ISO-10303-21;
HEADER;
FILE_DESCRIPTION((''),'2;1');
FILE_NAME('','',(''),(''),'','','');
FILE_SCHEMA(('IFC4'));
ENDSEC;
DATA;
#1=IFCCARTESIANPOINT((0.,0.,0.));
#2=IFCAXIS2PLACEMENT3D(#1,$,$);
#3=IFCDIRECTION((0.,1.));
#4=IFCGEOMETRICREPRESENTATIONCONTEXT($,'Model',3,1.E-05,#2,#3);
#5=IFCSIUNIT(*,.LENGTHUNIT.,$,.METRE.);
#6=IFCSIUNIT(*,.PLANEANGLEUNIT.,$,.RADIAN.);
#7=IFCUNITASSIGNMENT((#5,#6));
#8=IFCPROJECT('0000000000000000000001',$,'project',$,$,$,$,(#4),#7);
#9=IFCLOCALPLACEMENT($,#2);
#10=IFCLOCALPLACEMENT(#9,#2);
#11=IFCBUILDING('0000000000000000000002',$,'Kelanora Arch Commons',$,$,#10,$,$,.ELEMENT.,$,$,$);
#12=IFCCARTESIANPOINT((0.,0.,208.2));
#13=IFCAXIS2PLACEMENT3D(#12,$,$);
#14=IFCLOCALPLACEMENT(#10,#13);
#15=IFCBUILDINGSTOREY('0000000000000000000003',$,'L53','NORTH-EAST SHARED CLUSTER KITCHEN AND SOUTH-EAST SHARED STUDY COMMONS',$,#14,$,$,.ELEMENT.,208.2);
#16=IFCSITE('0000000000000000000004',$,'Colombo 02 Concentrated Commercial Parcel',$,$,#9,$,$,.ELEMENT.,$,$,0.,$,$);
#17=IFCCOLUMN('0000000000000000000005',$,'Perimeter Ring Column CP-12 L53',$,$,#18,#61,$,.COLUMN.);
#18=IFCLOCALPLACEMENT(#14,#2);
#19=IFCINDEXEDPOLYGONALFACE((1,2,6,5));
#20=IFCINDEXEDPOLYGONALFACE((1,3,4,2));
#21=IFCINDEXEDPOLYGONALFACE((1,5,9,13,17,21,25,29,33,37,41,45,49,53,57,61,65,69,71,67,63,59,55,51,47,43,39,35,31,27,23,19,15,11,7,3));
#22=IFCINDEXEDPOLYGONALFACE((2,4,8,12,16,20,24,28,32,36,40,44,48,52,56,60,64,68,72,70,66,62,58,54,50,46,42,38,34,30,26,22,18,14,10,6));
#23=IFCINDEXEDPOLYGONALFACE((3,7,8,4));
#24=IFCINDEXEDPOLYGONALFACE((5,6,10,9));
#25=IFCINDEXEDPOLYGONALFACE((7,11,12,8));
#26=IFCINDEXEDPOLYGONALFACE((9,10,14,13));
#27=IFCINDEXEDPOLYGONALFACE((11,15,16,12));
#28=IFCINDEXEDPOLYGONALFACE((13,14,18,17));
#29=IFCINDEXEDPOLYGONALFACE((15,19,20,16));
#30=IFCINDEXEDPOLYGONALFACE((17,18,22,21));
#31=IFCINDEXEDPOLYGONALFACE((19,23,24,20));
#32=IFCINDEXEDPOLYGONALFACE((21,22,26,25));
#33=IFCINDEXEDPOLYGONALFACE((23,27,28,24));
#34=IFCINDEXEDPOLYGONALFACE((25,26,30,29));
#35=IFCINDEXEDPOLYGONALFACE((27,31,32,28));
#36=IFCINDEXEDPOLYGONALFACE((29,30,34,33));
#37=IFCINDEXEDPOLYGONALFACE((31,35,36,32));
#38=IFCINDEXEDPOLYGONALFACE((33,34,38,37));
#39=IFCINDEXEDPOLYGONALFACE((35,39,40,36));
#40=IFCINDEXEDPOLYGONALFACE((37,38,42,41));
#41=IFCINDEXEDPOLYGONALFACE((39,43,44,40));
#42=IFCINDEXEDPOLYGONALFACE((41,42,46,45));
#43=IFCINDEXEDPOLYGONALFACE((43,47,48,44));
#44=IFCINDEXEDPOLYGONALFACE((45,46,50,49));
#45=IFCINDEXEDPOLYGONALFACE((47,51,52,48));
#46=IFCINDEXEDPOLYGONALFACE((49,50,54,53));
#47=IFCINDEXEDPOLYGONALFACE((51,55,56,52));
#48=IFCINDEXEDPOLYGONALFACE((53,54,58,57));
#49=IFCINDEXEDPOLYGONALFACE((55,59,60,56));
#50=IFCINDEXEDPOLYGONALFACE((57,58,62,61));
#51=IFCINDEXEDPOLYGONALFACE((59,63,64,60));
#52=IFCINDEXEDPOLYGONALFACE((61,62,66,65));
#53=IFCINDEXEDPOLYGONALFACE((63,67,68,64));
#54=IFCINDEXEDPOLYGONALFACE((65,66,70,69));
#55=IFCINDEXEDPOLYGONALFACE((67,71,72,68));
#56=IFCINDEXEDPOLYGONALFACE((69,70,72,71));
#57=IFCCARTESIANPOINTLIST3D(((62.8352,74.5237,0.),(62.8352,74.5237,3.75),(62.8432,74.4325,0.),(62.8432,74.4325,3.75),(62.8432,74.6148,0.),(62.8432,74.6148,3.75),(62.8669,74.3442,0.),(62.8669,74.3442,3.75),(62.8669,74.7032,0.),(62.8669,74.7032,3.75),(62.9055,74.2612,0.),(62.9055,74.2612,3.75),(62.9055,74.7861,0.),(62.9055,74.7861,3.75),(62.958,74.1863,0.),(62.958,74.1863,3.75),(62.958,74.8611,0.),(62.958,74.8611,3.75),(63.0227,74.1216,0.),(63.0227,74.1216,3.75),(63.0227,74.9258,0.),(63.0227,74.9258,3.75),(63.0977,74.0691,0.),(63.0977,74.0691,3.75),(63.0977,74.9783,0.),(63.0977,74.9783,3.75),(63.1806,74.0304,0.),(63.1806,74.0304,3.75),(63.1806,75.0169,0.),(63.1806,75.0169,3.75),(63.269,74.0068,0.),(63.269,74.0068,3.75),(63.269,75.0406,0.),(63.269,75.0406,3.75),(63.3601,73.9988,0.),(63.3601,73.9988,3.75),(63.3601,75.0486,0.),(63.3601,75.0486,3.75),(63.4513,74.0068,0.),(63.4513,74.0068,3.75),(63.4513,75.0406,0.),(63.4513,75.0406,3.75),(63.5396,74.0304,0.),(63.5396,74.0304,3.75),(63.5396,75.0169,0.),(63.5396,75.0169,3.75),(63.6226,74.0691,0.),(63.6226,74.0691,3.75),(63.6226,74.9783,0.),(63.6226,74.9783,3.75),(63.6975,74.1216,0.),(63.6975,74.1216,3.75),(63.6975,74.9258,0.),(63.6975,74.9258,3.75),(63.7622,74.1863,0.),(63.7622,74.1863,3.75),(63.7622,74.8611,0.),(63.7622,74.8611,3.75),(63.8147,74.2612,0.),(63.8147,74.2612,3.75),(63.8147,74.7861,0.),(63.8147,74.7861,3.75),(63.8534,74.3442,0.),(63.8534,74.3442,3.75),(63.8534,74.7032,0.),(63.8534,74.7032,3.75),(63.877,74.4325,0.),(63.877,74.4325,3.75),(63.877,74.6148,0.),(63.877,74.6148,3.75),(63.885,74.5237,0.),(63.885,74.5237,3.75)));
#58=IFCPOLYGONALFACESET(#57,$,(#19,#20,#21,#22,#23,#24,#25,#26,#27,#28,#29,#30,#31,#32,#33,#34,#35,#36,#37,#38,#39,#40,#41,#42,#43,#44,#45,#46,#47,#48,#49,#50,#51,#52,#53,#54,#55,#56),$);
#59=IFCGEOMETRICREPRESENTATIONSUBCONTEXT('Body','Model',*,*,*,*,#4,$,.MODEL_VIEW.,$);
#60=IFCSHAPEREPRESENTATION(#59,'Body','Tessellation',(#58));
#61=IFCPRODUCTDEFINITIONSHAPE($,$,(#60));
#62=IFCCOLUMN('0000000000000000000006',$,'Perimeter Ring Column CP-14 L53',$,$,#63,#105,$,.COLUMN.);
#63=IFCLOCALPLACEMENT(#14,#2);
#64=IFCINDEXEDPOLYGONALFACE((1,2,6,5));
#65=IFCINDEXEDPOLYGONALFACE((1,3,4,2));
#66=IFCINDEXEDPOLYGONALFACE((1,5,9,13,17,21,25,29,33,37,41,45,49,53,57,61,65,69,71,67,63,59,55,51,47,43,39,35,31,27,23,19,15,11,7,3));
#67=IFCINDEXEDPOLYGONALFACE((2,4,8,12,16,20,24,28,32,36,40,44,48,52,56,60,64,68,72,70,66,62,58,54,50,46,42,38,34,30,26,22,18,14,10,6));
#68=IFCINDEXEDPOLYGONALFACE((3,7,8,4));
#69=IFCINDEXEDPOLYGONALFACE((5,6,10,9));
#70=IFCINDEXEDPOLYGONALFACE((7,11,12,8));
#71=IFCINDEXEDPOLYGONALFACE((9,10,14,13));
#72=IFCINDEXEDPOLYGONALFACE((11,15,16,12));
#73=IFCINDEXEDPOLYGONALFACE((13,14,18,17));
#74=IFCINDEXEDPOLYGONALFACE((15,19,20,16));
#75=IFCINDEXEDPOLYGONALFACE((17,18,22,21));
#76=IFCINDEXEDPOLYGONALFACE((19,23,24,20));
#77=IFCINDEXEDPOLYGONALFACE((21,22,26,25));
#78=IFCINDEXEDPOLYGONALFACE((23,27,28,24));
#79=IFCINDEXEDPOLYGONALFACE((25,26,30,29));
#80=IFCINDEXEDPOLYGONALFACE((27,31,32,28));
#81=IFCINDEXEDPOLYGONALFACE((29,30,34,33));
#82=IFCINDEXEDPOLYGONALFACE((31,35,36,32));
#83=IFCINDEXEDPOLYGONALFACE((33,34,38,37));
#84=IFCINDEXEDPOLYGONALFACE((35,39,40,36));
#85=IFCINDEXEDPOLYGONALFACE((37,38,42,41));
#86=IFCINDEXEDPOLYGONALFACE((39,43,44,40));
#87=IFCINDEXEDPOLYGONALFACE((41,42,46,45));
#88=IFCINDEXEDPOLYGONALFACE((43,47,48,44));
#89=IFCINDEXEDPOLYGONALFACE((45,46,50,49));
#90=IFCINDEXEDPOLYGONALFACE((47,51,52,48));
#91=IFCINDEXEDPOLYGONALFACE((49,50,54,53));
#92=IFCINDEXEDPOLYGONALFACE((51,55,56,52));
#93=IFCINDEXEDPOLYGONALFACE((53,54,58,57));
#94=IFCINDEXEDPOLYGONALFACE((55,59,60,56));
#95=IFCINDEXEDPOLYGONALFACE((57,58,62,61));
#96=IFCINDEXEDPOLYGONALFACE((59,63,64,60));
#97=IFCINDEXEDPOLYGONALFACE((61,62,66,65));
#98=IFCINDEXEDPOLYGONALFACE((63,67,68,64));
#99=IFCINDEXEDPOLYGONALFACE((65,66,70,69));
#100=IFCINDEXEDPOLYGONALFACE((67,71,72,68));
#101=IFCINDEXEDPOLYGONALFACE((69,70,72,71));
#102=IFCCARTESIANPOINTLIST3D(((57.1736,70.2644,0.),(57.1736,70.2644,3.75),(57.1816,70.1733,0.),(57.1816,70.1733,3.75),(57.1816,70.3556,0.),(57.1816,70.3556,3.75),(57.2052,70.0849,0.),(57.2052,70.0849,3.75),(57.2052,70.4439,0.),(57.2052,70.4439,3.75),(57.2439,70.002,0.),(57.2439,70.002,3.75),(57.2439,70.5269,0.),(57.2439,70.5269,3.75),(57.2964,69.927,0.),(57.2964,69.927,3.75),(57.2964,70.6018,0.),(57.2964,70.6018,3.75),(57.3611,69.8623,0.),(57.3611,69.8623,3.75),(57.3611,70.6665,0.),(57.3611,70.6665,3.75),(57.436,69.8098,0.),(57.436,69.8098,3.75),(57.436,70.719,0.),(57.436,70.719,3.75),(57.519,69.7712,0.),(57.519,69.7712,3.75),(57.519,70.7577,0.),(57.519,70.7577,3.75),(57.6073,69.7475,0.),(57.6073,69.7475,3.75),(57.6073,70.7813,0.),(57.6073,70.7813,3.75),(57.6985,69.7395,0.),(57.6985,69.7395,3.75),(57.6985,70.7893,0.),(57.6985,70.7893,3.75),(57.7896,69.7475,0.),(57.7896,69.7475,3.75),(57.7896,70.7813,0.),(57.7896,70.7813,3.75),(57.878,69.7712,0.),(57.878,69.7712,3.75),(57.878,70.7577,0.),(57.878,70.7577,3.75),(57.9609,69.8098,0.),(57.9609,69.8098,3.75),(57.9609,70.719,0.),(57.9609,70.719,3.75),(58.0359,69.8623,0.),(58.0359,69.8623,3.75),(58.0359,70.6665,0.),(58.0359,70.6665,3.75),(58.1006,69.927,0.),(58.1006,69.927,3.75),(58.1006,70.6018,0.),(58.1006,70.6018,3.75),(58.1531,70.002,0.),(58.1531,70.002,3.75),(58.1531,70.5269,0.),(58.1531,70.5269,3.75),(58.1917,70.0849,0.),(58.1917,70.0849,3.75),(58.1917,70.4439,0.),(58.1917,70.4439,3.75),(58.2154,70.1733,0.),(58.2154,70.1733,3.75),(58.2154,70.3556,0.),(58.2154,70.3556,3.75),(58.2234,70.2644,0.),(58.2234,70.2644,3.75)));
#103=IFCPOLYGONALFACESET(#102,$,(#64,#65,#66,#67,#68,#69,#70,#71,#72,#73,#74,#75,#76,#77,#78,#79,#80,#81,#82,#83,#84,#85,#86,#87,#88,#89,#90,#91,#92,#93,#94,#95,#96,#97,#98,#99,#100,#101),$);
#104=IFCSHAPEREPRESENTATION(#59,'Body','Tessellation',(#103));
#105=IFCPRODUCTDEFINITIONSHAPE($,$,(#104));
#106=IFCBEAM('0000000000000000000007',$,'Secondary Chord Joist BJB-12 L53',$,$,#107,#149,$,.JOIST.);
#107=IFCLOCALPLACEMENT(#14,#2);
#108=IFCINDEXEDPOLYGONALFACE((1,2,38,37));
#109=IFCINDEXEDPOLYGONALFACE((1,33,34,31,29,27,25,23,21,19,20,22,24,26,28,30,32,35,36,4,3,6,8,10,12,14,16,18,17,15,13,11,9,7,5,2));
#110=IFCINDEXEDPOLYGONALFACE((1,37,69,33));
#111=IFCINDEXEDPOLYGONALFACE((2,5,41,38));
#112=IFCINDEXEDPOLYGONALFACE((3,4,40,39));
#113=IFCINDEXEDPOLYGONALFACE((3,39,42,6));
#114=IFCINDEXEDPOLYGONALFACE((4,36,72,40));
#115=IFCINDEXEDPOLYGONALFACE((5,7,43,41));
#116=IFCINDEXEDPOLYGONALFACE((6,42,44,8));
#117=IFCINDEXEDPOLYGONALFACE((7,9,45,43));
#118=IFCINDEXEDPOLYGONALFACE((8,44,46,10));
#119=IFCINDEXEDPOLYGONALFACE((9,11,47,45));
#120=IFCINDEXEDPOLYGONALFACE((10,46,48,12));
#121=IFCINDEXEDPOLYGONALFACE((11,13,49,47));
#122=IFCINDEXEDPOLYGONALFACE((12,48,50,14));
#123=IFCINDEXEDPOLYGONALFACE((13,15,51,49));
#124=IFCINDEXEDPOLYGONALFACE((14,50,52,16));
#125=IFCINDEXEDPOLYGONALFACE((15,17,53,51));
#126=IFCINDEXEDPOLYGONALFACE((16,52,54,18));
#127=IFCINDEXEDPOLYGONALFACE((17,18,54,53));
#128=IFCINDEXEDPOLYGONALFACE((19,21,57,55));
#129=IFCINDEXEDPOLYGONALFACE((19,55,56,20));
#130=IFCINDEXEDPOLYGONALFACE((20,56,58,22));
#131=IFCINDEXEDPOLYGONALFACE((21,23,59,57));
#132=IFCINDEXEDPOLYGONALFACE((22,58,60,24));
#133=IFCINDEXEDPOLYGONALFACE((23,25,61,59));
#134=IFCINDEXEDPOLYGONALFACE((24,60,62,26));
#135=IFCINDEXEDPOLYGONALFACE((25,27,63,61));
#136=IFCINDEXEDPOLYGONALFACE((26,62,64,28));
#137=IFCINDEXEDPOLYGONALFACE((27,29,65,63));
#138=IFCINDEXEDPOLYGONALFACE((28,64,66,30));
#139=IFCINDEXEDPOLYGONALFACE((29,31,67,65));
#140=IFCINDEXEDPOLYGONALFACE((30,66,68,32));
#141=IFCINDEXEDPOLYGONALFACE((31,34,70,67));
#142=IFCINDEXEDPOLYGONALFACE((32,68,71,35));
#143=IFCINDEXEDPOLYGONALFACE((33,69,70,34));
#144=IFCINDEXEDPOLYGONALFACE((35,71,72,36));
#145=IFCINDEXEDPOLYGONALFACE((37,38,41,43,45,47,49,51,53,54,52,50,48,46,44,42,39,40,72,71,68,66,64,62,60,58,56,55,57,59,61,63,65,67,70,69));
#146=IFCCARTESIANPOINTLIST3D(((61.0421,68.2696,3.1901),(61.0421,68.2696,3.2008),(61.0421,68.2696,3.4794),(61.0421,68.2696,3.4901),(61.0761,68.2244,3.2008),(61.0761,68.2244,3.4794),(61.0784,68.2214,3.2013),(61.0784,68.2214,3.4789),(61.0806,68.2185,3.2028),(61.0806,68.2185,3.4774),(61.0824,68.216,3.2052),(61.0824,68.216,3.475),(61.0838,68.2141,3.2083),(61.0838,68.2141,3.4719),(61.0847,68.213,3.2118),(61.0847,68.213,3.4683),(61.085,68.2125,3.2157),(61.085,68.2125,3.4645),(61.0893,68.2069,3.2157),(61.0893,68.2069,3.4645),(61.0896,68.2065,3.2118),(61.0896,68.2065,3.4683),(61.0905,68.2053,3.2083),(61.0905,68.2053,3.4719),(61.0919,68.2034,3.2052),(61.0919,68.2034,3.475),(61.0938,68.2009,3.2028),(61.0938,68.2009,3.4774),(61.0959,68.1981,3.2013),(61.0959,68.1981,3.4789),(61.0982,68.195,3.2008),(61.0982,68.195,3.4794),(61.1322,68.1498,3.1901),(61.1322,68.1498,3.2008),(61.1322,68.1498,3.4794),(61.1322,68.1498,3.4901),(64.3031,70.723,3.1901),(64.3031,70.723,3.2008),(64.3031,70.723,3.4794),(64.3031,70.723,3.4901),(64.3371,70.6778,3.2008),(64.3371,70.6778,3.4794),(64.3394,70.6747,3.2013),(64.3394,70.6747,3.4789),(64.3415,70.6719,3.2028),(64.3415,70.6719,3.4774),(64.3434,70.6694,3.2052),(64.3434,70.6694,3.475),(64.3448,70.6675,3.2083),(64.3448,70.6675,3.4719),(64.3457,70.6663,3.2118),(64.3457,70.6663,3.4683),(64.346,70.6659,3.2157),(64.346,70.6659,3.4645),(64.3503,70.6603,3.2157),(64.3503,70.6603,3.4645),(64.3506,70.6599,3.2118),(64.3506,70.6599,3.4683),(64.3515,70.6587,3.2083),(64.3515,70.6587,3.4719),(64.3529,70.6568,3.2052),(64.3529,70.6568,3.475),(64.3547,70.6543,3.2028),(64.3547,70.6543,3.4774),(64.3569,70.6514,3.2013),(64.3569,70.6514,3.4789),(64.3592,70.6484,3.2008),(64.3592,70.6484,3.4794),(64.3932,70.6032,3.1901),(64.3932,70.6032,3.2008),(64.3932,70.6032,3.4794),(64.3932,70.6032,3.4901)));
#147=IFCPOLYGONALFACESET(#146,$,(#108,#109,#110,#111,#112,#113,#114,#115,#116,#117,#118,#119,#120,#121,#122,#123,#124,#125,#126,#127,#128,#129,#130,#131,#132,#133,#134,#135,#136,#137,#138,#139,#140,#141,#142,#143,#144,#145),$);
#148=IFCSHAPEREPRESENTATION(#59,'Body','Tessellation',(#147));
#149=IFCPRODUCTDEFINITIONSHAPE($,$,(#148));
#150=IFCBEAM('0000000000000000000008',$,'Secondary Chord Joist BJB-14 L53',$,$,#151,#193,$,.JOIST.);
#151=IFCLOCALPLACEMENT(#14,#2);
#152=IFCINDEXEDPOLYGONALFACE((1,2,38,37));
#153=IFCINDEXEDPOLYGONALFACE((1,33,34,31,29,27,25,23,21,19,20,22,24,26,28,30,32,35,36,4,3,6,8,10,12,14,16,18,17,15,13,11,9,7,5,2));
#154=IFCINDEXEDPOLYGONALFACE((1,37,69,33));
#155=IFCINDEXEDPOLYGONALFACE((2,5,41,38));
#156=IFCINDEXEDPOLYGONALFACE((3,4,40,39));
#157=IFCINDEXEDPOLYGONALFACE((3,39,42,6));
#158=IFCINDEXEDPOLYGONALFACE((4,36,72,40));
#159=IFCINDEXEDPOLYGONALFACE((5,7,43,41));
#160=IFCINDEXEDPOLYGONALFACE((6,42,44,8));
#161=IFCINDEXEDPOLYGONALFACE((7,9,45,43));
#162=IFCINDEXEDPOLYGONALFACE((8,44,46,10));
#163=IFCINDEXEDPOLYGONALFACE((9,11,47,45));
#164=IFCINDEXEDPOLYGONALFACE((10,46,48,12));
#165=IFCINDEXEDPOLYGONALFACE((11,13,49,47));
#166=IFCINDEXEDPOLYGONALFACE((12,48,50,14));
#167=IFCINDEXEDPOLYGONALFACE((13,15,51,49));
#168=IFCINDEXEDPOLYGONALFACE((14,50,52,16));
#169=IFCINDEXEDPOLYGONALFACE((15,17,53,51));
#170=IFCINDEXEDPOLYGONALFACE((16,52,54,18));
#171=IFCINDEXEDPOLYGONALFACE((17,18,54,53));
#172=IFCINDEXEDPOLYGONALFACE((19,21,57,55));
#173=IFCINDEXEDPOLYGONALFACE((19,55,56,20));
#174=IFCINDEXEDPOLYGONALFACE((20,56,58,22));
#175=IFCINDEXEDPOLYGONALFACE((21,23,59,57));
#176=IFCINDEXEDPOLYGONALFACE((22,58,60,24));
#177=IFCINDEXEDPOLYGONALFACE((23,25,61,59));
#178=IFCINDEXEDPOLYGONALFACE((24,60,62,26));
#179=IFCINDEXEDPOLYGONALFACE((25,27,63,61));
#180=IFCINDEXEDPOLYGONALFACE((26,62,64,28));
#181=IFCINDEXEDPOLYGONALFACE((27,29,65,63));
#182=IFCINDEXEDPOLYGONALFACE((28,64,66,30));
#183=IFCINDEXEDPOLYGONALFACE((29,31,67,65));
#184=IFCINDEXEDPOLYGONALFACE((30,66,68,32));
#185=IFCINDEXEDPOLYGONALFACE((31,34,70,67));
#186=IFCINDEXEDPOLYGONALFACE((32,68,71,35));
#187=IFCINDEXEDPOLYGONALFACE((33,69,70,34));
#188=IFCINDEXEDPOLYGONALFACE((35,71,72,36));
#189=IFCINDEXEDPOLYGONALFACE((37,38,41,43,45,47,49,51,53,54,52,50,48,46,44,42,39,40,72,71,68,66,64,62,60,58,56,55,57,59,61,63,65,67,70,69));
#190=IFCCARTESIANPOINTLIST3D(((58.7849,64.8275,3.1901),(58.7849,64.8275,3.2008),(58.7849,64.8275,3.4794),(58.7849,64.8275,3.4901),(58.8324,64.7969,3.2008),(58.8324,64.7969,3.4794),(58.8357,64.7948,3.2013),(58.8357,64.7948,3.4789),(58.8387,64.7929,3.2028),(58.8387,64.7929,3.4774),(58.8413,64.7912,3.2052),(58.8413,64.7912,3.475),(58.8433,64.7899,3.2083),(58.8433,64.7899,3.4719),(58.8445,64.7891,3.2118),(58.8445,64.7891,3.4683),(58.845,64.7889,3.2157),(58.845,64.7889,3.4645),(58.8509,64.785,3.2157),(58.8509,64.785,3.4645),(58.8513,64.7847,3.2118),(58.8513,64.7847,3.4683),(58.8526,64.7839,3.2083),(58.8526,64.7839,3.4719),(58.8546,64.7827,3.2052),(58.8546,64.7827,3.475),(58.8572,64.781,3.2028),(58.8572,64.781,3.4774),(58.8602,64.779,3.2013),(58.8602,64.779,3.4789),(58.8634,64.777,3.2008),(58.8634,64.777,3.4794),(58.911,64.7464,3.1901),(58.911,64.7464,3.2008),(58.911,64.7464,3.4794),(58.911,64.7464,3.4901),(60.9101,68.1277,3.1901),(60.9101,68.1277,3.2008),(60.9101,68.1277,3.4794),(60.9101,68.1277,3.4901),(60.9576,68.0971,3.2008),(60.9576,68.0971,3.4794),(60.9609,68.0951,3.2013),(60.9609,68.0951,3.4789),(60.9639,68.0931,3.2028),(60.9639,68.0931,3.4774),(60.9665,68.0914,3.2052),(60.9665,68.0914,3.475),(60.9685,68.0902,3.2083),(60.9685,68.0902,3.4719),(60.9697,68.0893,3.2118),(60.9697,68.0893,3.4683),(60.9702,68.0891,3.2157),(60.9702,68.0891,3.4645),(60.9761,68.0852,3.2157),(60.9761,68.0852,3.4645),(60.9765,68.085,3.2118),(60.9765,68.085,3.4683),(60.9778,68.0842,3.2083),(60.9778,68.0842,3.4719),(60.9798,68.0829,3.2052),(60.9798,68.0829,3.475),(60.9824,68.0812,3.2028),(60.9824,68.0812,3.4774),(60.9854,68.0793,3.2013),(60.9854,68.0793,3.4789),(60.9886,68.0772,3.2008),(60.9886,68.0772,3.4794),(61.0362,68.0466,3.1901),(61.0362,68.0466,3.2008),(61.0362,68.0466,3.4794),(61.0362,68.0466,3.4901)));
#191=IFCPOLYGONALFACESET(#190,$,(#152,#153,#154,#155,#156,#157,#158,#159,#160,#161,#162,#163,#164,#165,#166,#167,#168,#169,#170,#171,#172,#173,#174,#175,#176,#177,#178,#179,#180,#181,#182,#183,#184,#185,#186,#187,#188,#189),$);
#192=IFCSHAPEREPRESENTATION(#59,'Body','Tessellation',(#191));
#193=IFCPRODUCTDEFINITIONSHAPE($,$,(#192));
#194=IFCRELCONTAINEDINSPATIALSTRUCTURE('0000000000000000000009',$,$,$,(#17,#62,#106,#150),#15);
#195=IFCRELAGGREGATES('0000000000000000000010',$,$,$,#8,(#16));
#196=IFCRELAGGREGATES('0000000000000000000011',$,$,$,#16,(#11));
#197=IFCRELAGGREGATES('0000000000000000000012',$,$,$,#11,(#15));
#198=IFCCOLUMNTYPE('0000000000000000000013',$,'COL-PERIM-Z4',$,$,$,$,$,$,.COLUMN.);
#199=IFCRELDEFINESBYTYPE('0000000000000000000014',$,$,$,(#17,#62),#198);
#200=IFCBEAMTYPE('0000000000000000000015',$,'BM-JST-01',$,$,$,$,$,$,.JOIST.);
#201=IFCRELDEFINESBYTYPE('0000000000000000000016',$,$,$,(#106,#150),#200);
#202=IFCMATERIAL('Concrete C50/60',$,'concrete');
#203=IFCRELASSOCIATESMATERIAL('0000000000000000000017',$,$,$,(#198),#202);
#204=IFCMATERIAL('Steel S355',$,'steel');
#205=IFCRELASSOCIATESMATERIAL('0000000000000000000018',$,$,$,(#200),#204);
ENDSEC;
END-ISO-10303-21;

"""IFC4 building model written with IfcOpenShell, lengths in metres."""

from ifc_helpers import new_model, si_unit, direction, frame, origin, origin_2d, place, context, subcontext, project, spatial, circle, i_section, extrude, material, material_profile, profile_set, type_object, element, save


model = new_model("IFC4")

# Units and contexts
model_context = context("Model", 3, precision=1e-05, world=origin(), true_north=direction((0.0, 1.0)))
body_context = subcontext(model_context, "Body", "Model", "MODEL_VIEW")
ifc_project = project(units=[si_unit("LENGTHUNIT", "METRE"), si_unit("PLANEANGLEUNIT", "RADIAN")], contexts=[model_context])

# Site, building, storey
site_placement = place(None, origin())
site = spatial("IfcSite", under=ifc_project, at=site_placement, Name="Colombo 02 Concentrated Commercial Parcel", CompositionType="ELEMENT", RefElevation=0.0)
building_placement = place(site_placement, origin())
building = spatial("IfcBuilding", under=site, at=building_placement, Name="Kelanora Arch Commons", CompositionType="ELEMENT")
storey_placement = place(building_placement, frame((0.0, 0.0, 208.2)))
storey = spatial("IfcBuildingStorey", under=building, at=storey_placement, Name="L53", Description="NORTH-EAST SHARED CLUSTER KITCHEN AND SOUTH-EAST SHARED STUDY COMMONS", CompositionType="ELEMENT", Elevation=208.2)

# Columns
ifc_material_1 = material(Name="Concrete C50/60", Category="concrete")
ifc_material_profile_1 = material_profile(ifc_material_1, circle(Radius=0.5249, at=origin_2d()), Name="RCC1050")
ifc_profile_set_1 = profile_set([ifc_material_profile_1], Name="Concrete C50/60")
column_type = type_object("IfcColumnType", Name="COL-PERIM-Z4", PredefinedType="COLUMN", material=ifc_profile_set_1)
for number, where, z_axis, x_axis, name in (
    (1, (63.3601, 74.5237, 0.0), (0.0, 0.0, 1.0), (1.0, 0.0, 0.0), "Perimeter Ring Column CP-12 L53"),
    (2, (57.6985, 70.2644, 0.0), (0.0, 0.0, 1.0), (1.0, 0.0, 0.0), "Perimeter Ring Column CP-14 L53"),
):
    element("IfcColumn", number, at=place(storey_placement, frame(where, z_axis=z_axis, x_axis=x_axis)), inside=storey, type_object=column_type, Name=name, PredefinedType="COLUMN", context=body_context, shape_type="SweptSolid", body=[
        extrude(circle(Radius=0.5249, at=origin_2d()), origin(), (0.0, 0.0, 1.0), 3.75),
    ])

# Beams
ifc_material_2 = material(Name="Steel S355", Category="steel")
ifc_material_profile_2 = material_profile(ifc_material_2, i_section(OverallWidth=0.1499, OverallDepth=0.3, WebThickness=0.0071, FlangeThickness=0.0107, FilletRadius=0.0149, at=origin_2d()), Name="IPE300")
ifc_profile_set_2 = profile_set([ifc_material_profile_2], Name="Steel S355")
beam_type_1 = type_object("IfcBeamType", Name="BM-JST-01", PredefinedType="JOIST", material=ifc_profile_set_2)
beam_1_placement = place(storey_placement, frame((64.3481, 70.6631, 3.3401), z_axis=(-0.799102, -0.601196, 0.0), x_axis=(0.601196, -0.799102, 0.0)))
element("IfcBeam", 3, at=beam_1_placement, inside=storey, type_object=beam_type_1, Name="Secondary Chord Joist BJB-12 L53", PredefinedType="JOIST", context=body_context, shape_type="SweptSolid", body=[
    extrude(i_section(OverallWidth=0.1499, OverallDepth=0.3, WebThickness=0.0071, FlangeThickness=0.0107, FilletRadius=0.0149, at=origin_2d()), origin(), (0.0, 0.0, 1.0), 4.0808),
])
beam_2_placement = place(storey_placement, frame((60.9731, 68.0872, 3.3401), z_axis=(-0.541411, -0.840758, 0.0), x_axis=(0.840758, -0.541411, 0.0)))
element("IfcBeam", 4, at=beam_2_placement, inside=storey, type_object=beam_type_1, Name="Secondary Chord Joist BJB-14 L53", PredefinedType="JOIST", context=body_context, shape_type="SweptSolid", body=[
    extrude(i_section(OverallWidth=0.1499, OverallDepth=0.3, WebThickness=0.0071, FlangeThickness=0.0107, FilletRadius=0.0149, at=origin_2d()), origin(), (0.0, 0.0, 1.0), 3.9253),
])

save(model, "model.ifc")
